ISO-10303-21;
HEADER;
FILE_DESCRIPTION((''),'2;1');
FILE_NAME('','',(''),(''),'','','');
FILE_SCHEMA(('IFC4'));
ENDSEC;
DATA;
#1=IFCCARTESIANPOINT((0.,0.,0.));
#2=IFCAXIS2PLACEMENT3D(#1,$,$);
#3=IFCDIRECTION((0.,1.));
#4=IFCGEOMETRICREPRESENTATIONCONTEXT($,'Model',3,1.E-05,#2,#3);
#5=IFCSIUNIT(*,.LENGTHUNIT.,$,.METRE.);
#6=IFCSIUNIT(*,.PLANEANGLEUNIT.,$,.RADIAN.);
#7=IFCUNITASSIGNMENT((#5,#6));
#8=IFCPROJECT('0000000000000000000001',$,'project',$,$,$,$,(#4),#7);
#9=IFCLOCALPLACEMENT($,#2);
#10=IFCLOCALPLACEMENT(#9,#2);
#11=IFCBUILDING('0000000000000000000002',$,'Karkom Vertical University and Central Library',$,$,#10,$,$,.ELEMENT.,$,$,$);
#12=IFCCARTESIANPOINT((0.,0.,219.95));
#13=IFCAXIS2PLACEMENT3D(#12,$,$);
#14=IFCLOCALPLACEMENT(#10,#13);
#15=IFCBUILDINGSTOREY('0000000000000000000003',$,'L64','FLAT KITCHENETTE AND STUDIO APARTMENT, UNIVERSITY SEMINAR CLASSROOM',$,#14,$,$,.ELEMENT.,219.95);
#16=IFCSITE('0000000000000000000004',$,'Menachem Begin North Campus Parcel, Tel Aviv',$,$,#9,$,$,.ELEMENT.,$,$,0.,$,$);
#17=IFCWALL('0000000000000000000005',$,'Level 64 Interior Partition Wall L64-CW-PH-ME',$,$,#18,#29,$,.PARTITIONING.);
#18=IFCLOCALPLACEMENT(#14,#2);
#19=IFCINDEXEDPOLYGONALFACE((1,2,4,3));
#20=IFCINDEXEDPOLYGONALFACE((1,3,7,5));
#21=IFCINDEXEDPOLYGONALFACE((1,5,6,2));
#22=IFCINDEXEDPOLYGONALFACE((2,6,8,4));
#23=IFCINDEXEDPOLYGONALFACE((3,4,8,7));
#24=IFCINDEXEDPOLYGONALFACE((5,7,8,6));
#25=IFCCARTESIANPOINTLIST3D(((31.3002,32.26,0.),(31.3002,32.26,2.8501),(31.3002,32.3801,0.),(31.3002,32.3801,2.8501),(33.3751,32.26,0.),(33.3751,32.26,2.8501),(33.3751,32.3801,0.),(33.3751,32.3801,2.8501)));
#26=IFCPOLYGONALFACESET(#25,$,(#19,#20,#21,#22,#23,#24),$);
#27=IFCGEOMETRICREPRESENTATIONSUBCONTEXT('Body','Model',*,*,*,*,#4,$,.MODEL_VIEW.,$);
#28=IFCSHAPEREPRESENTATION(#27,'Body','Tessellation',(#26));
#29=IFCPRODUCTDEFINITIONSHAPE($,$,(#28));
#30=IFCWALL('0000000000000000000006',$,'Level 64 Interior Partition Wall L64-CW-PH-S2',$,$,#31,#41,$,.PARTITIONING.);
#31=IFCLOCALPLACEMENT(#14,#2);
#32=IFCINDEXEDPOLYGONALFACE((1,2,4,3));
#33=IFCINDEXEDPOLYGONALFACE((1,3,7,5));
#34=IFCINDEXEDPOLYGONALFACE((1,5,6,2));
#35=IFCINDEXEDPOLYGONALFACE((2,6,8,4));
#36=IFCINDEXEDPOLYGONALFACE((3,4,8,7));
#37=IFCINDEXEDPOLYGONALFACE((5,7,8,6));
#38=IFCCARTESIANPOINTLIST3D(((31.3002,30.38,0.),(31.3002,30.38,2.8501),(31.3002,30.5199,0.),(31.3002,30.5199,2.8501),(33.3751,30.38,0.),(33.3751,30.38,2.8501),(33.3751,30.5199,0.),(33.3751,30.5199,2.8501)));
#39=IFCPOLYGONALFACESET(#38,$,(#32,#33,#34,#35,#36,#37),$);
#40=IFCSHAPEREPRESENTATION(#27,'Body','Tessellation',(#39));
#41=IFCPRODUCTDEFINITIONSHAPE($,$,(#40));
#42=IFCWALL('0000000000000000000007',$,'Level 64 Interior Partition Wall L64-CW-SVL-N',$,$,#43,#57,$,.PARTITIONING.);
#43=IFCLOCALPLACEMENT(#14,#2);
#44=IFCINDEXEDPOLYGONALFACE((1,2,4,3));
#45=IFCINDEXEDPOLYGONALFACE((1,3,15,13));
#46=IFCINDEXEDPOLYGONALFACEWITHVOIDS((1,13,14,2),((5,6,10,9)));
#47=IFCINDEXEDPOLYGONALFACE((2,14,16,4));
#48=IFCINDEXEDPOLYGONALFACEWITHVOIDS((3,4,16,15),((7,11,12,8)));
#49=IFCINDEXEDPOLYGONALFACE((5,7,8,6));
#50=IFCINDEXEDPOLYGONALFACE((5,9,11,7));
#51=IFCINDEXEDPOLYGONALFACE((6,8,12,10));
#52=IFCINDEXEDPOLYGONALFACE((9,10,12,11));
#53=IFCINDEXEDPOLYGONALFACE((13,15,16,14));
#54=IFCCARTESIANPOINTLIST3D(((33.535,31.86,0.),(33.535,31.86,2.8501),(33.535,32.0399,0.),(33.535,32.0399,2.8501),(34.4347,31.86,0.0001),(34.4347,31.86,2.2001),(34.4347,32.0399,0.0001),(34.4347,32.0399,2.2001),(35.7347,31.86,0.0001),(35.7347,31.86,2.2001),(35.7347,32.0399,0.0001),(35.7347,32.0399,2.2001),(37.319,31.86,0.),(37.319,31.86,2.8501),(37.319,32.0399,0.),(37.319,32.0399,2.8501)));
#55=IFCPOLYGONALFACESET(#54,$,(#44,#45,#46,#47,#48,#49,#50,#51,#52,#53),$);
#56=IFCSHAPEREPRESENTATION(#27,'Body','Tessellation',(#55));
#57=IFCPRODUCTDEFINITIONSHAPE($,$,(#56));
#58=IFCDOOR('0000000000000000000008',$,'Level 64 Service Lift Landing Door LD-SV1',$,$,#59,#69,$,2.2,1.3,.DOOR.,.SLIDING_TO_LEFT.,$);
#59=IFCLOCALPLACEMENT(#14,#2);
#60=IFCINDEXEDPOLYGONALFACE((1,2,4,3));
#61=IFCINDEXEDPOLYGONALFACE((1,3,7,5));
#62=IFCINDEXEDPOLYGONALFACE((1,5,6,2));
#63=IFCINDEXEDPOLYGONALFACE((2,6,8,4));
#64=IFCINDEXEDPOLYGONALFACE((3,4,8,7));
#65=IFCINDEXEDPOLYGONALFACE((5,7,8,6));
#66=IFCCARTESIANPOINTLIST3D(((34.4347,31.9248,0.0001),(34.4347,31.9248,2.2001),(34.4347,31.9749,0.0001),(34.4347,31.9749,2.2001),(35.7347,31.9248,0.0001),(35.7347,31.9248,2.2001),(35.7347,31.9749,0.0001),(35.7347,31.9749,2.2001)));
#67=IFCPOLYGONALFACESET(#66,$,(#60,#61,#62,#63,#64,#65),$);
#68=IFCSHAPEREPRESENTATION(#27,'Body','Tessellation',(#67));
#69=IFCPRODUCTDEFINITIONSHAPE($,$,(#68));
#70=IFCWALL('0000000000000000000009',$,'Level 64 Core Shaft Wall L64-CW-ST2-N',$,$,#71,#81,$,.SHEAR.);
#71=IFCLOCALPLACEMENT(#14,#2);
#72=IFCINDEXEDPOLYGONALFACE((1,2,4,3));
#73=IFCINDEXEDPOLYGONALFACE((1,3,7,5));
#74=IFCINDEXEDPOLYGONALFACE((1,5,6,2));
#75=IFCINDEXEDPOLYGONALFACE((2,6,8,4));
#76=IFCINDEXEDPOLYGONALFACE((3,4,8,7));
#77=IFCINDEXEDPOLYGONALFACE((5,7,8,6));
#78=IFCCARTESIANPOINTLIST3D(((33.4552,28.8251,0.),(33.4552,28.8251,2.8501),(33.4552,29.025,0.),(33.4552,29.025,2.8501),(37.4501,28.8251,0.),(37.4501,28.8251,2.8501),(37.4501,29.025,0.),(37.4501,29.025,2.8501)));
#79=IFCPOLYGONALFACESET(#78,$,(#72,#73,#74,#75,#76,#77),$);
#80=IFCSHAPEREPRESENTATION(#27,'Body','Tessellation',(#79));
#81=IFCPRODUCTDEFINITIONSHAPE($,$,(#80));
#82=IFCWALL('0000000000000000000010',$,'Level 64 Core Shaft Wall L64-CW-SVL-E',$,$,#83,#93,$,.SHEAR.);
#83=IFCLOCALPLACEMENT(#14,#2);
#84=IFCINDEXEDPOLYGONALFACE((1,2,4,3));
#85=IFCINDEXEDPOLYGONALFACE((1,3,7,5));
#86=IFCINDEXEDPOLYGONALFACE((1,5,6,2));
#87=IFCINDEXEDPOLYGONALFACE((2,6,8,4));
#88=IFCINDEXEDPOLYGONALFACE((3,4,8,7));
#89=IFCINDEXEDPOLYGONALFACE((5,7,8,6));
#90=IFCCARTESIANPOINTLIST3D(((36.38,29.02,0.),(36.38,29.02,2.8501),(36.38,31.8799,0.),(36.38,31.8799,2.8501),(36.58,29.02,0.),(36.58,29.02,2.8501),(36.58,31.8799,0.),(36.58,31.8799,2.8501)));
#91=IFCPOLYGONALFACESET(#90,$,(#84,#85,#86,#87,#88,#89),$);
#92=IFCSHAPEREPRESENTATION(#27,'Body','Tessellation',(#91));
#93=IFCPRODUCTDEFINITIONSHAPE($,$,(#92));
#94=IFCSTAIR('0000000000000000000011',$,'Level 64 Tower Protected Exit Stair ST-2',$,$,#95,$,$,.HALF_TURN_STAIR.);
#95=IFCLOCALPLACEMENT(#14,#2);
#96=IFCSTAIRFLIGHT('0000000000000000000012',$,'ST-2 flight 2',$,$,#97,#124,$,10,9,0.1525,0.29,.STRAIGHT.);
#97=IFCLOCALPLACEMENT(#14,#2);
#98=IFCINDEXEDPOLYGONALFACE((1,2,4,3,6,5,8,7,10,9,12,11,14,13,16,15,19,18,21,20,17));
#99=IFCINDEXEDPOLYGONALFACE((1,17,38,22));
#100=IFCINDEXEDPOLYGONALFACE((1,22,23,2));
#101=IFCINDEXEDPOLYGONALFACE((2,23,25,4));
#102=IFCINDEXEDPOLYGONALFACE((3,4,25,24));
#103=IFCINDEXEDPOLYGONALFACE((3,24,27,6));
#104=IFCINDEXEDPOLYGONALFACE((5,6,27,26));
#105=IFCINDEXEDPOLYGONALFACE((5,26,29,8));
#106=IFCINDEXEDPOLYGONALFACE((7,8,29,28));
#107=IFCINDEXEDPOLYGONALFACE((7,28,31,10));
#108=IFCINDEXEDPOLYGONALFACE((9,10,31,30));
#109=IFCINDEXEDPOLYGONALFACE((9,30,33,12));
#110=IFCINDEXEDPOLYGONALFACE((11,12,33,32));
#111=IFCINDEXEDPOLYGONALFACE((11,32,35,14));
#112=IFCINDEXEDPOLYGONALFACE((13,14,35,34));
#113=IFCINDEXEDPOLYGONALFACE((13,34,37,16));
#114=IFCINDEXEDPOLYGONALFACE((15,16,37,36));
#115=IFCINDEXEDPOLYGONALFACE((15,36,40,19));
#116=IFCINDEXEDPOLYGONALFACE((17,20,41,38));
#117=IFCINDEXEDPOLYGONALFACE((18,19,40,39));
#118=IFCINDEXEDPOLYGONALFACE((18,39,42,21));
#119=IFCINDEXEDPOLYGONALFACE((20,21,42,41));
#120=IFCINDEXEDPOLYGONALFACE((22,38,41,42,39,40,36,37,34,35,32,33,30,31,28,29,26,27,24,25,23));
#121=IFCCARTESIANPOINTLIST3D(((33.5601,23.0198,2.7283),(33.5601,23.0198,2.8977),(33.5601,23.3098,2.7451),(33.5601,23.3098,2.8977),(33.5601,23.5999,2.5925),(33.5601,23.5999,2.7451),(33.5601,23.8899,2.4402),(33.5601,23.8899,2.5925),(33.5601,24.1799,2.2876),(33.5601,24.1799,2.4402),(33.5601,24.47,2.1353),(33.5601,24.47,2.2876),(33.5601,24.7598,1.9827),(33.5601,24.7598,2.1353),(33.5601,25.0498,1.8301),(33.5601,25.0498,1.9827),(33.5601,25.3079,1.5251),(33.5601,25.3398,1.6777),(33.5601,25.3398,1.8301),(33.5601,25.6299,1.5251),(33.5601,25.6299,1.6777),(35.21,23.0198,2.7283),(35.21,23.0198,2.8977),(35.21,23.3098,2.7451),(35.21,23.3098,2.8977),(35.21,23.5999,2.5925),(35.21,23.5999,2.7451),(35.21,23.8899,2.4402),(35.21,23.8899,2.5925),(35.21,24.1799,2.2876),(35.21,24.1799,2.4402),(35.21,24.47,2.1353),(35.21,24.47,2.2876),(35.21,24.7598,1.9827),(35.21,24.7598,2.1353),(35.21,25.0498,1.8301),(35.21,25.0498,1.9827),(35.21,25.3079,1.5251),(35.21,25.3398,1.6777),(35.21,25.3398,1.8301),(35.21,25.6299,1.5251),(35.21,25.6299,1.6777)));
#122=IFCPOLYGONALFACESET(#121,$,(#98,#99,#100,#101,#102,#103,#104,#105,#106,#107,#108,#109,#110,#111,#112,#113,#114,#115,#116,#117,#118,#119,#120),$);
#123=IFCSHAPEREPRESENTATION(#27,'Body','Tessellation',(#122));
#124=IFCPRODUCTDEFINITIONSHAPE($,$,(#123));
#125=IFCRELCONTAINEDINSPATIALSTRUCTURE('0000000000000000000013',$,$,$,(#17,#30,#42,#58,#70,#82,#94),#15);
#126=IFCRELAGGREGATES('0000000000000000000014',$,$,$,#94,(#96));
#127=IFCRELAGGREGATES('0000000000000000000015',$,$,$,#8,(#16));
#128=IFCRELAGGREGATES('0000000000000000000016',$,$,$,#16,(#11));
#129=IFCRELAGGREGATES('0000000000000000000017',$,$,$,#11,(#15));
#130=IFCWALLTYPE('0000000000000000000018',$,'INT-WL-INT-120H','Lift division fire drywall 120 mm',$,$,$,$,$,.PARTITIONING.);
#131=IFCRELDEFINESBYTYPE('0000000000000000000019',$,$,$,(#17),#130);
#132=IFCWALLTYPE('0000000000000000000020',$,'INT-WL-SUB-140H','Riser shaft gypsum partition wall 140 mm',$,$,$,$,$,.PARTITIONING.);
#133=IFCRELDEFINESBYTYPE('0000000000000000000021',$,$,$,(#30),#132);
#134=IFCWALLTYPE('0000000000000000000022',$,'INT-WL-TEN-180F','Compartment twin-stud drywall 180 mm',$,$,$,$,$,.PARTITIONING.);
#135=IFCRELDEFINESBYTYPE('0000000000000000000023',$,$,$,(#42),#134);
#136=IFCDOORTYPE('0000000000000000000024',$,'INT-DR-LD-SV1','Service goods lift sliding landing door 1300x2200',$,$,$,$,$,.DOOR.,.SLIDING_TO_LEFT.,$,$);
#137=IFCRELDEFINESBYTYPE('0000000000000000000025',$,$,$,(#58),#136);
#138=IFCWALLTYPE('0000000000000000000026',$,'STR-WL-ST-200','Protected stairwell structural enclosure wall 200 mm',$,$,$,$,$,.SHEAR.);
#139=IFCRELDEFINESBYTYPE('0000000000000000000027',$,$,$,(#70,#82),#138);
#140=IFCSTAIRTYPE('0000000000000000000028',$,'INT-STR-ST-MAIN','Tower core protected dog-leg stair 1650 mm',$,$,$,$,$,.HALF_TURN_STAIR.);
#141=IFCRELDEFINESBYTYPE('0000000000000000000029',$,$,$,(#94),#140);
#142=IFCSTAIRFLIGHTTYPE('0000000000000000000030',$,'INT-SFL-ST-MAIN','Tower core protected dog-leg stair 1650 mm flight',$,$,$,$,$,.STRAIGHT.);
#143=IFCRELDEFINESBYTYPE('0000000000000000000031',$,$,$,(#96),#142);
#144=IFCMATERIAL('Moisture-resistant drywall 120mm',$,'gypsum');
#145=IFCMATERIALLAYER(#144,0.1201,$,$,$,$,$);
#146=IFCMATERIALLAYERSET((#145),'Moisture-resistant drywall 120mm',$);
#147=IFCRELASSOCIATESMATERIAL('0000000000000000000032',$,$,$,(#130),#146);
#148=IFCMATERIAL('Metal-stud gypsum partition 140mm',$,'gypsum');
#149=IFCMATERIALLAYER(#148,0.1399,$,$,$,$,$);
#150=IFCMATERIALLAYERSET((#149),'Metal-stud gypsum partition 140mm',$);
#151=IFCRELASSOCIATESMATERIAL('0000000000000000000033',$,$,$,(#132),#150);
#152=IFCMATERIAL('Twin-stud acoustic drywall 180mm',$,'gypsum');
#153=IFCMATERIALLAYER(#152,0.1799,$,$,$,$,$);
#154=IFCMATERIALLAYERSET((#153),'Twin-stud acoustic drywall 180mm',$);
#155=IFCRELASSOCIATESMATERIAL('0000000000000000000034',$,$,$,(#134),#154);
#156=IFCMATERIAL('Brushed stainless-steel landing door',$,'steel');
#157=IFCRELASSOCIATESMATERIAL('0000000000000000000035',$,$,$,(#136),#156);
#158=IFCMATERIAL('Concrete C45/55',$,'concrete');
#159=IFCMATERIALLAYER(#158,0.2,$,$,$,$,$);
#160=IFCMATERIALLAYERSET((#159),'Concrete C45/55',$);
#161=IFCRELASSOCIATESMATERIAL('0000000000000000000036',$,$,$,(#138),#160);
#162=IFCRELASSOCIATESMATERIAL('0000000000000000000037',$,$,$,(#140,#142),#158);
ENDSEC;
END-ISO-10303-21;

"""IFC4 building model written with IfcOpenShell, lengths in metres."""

from ifc_helpers import new_model, si_unit, direction, frame, frame_2d, origin, origin_with_axes, place, context, subcontext, project, spatial, polyline, rectangle, outline, extrude, source, transform, mapped, material, layer, layer_set, type_object, element, fill, aggregate, save


model = new_model("IFC4")

# Units and contexts
model_context = context("Model", 3, precision=1e-05, world=origin(), true_north=direction((0.0, 1.0)))
body_context = subcontext(model_context, "Body", "Model", "MODEL_VIEW")
ifc_project = project(units=[si_unit("LENGTHUNIT", "METRE"), si_unit("PLANEANGLEUNIT", "RADIAN")], contexts=[model_context])

# Site, building, storey
site_placement = place(None, origin())
site = spatial("IfcSite", under=ifc_project, at=site_placement, Name="Menachem Begin North Campus Parcel, Tel Aviv", CompositionType="ELEMENT", RefElevation=0.0)
building_placement = place(site_placement, origin())
building = spatial("IfcBuilding", under=site, at=building_placement, Name="Karkom Vertical University and Central Library", CompositionType="ELEMENT")
storey_placement = place(building_placement, frame((0.0, 0.0, 219.95)))
storey = spatial("IfcBuildingStorey", under=building, at=storey_placement, Name="L64", Description="FLAT KITCHENETTE AND STUDIO APARTMENT, UNIVERSITY SEMINAR CLASSROOM", CompositionType="ELEMENT", Elevation=219.95)

# Shared definitions
ifc_material_1 = material(Name="Moisture-resistant drywall 120mm", Category="gypsum")

# Wall
ifc_layer_1 = layer(ifc_material_1, 0.1201)
ifc_layer_set_1 = layer_set([ifc_layer_1], Name="Moisture-resistant drywall 120mm")
wall_type_1 = type_object("IfcWallType", Name="INT-WL-INT-120H", Description="Lift division fire drywall 120 mm", PredefinedType="PARTITIONING", material=ifc_layer_set_1)
wall_1_placement = place(storey_placement, frame((31.3, 32.3201, 0.0), z_axis=(0.0, 0.0, 1.0), x_axis=(1.0, 0.0, 0.0)))
element("IfcWall", 1, at=wall_1_placement, inside=storey, type_object=wall_type_1, Name="Level 64 Interior Partition Wall L64-CW-PH-ME", PredefinedType="PARTITIONING", context=body_context, shape_type="SweptSolid", body=[
    extrude(rectangle(XDim=2.075, YDim=0.1201, at=frame_2d((1.0376, 0.0))), origin(), (0.0, 0.0, 1.0), 2.8501),
])

# Shared definitions
ifc_material_2 = material(Name="Metal-stud gypsum partition 140mm", Category="gypsum")
ifc_layer_2 = layer(ifc_material_2, 0.1399)
ifc_layer_set_2 = layer_set([ifc_layer_2], Name="Metal-stud gypsum partition 140mm")
wall_type_2 = type_object("IfcWallType", Name="INT-WL-SUB-140H", Description="Riser shaft gypsum partition wall 140 mm", PredefinedType="PARTITIONING", material=ifc_layer_set_2)
ifc_material_3 = material(Name="Brushed stainless-steel landing door", Category="steel")

# Wall
wall_2_placement = place(storey_placement, frame((31.3, 30.45, 0.0), z_axis=(0.0, 0.0, 1.0), x_axis=(1.0, 0.0, 0.0)))
element("IfcWall", 2, at=wall_2_placement, inside=storey, type_object=wall_type_2, Name="Level 64 Interior Partition Wall L64-CW-PH-S2", PredefinedType="PARTITIONING", context=body_context, shape_type="SweptSolid", body=[
    extrude(rectangle(XDim=2.075, YDim=0.1399, at=frame_2d((1.0376, 0.0))), origin(), (0.0, 0.0, 1.0), 2.8501),
])

# Wall, opening, door
ifc_material_4 = material(Name="Twin-stud acoustic drywall 180mm", Category="gypsum")
ifc_layer_3 = layer(ifc_material_4, 0.1799)
ifc_layer_set_3 = layer_set([ifc_layer_3], Name="Twin-stud acoustic drywall 180mm")
wall_type_3 = type_object("IfcWallType", Name="INT-WL-TEN-180F", Description="Compartment twin-stud drywall 180 mm", PredefinedType="PARTITIONING", material=ifc_layer_set_3)
wall_3_placement = place(storey_placement, frame((33.5349, 31.95, 0.0), z_axis=(0.0, 0.0, 1.0), x_axis=(1.0, 0.0, 0.0)))
wall_3 = element("IfcWall", 3, at=wall_3_placement, inside=storey, type_object=wall_type_3, Name="Level 64 Interior Partition Wall L64-CW-SVL-N", PredefinedType="PARTITIONING", context=body_context, shape_type="SweptSolid", body=[
    extrude(rectangle(XDim=3.7839, YDim=0.1799, at=frame_2d((1.8921, 0.0))), origin(), (0.0, 0.0, 1.0), 2.8501),
])
opening_1_placement = place(wall_3_placement, frame((0.8999, 0.0, 0.0)))
opening_1 = element("IfcOpeningElement", 4, at=opening_1_placement, cuts=wall_3, PredefinedType="OPENING", context=body_context, shape_type="SweptSolid", body=[
    extrude(rectangle(XDim=1.3, YDim=2.2, at=frame_2d((0.6499, 1.1001))), frame((0.0, 0.1001, 0.0), z_axis=(0.0, -1.0, 0.0), x_axis=(1.0, 0.0, 0.0)), (0.0, 0.0, 1.0), 0.2),
])
door_type_1 = type_object("IfcDoorType", Name="INT-DR-LD-SV1", Description="Service goods lift sliding landing door 1300x2200", OperationType="SLIDING_TO_LEFT", PredefinedType="DOOR", material=ifc_material_3)
shared_shape_1 = source(origin_with_axes(), body_context, "Body", "SweptSolid", [
    extrude(rectangle(XDim=1.3, YDim=2.2, at=frame_2d((0.6499, 1.1001))), frame((0.0, 0.0249, 0.0), z_axis=(0.0, -1.0, 0.0), x_axis=(1.0, 0.0, 0.0)), (0.0, 0.0, 1.0), 0.05),
])
door_1_placement = place(opening_1_placement, origin())
door_1 = element("IfcDoor", 5, at=door_1_placement, inside=storey, type_object=door_type_1, Name="Level 64 Service Lift Landing Door LD-SV1", OperationType="SLIDING_TO_LEFT", OverallHeight=2.2, OverallWidth=1.3, PredefinedType="DOOR", context=body_context, shape_type="MappedRepresentation", body=[
    mapped(shared_shape_1, transform((0.0, 0.0, 0.0), scale=1.0)),
])
fill(opening_1, door_1)

# Walls
ifc_material_5 = material(Name="Concrete C45/55", Category="concrete")
ifc_layer_4 = layer(ifc_material_5, 0.2)
ifc_layer_set_4 = layer_set([ifc_layer_4], Name="Concrete C45/55")
wall_type_4 = type_object("IfcWallType", Name="STR-WL-ST-200", Description="Protected stairwell structural enclosure wall 200 mm", PredefinedType="SHEAR", material=ifc_layer_set_4)
wall_4_placement = place(storey_placement, frame((33.4551, 28.925, 0.0), z_axis=(0.0, 0.0, 1.0), x_axis=(1.0, 0.0, 0.0)))
element("IfcWall", 6, at=wall_4_placement, inside=storey, type_object=wall_type_4, Name="Level 64 Core Shaft Wall L64-CW-ST2-N", PredefinedType="SHEAR", context=body_context, shape_type="SweptSolid", body=[
    extrude(rectangle(XDim=3.9949, YDim=0.2, at=frame_2d((1.9976, 0.0))), origin(), (0.0, 0.0, 1.0), 2.8501),
])
wall_5_placement = place(storey_placement, frame((36.48, 29.02, 0.0), z_axis=(0.0, 0.0, 1.0), x_axis=(0.0, 1.0, 0.0)))
element("IfcWall", 7, at=wall_5_placement, inside=storey, type_object=wall_type_4, Name="Level 64 Core Shaft Wall L64-CW-SVL-E", PredefinedType="SHEAR", context=body_context, shape_type="SweptSolid", body=[
    extrude(rectangle(XDim=2.8599, YDim=0.2, at=frame_2d((1.4299, 0.0))), origin(), (0.0, 0.0, 1.0), 2.8501),
])

# Stair, stair flight
stair_type = type_object("IfcStairType", Name="INT-STR-ST-MAIN", Description="Tower core protected dog-leg stair 1650 mm", PredefinedType="HALF_TURN_STAIR", material=ifc_material_5)
stair_placement = place(storey_placement, origin())
stair = element("IfcStair", 8, at=stair_placement, inside=storey, type_object=stair_type, Name="Level 64 Tower Protected Exit Stair ST-2", PredefinedType="HALF_TURN_STAIR")
stair_flight_type = type_object("IfcStairFlightType", Name="INT-SFL-ST-MAIN", Description="Tower core protected dog-leg stair 1650 mm flight", PredefinedType="STRAIGHT", material=ifc_material_5)
stair_flight_placement = place(storey_placement, frame((34.385, 25.6299, 1.5251), z_axis=(0.0, 0.0, 1.0), x_axis=(0.0, -1.0, 0.0)))
stair_flight = element("IfcStairFlight", 9, at=stair_flight_placement, type_object=stair_flight_type, Name="ST-2 flight 2", NumberOfRisers=10, NumberOfTreads=9, PredefinedType="STRAIGHT", RiserHeight=0.1525, TreadLength=0.29, context=body_context, shape_type="SweptSolid", body=[
    extrude(outline(polyline([(0.0, 0.0), (0.0, 0.1526), (0.29, 0.1526), (0.29, 0.3049), (0.5801, 0.3049), (0.5801, 0.4575), (0.8701, 0.4575), (0.8701, 0.6101), (1.1599, 0.6101), (1.1599, 0.7625), (1.45, 0.7625), (1.45, 0.915), (1.74, 0.915), (1.74, 1.0674), (2.03, 1.0674), (2.03, 1.22), (2.3201, 1.22), (2.3201, 1.3726), (2.6101, 1.3726), (2.6101, 1.5249), (2.6101, 1.2031), (0.322, 0.0), (0.0, 0.0)])), frame((0.0, 0.825, 0.0), z_axis=(0.0, -1.0, 0.0), x_axis=(1.0, 0.0, 0.0)), (0.0, 0.0, 1.0), 1.6499),
])
aggregate(stair, [stair_flight])

save(model, "model.ifc")
